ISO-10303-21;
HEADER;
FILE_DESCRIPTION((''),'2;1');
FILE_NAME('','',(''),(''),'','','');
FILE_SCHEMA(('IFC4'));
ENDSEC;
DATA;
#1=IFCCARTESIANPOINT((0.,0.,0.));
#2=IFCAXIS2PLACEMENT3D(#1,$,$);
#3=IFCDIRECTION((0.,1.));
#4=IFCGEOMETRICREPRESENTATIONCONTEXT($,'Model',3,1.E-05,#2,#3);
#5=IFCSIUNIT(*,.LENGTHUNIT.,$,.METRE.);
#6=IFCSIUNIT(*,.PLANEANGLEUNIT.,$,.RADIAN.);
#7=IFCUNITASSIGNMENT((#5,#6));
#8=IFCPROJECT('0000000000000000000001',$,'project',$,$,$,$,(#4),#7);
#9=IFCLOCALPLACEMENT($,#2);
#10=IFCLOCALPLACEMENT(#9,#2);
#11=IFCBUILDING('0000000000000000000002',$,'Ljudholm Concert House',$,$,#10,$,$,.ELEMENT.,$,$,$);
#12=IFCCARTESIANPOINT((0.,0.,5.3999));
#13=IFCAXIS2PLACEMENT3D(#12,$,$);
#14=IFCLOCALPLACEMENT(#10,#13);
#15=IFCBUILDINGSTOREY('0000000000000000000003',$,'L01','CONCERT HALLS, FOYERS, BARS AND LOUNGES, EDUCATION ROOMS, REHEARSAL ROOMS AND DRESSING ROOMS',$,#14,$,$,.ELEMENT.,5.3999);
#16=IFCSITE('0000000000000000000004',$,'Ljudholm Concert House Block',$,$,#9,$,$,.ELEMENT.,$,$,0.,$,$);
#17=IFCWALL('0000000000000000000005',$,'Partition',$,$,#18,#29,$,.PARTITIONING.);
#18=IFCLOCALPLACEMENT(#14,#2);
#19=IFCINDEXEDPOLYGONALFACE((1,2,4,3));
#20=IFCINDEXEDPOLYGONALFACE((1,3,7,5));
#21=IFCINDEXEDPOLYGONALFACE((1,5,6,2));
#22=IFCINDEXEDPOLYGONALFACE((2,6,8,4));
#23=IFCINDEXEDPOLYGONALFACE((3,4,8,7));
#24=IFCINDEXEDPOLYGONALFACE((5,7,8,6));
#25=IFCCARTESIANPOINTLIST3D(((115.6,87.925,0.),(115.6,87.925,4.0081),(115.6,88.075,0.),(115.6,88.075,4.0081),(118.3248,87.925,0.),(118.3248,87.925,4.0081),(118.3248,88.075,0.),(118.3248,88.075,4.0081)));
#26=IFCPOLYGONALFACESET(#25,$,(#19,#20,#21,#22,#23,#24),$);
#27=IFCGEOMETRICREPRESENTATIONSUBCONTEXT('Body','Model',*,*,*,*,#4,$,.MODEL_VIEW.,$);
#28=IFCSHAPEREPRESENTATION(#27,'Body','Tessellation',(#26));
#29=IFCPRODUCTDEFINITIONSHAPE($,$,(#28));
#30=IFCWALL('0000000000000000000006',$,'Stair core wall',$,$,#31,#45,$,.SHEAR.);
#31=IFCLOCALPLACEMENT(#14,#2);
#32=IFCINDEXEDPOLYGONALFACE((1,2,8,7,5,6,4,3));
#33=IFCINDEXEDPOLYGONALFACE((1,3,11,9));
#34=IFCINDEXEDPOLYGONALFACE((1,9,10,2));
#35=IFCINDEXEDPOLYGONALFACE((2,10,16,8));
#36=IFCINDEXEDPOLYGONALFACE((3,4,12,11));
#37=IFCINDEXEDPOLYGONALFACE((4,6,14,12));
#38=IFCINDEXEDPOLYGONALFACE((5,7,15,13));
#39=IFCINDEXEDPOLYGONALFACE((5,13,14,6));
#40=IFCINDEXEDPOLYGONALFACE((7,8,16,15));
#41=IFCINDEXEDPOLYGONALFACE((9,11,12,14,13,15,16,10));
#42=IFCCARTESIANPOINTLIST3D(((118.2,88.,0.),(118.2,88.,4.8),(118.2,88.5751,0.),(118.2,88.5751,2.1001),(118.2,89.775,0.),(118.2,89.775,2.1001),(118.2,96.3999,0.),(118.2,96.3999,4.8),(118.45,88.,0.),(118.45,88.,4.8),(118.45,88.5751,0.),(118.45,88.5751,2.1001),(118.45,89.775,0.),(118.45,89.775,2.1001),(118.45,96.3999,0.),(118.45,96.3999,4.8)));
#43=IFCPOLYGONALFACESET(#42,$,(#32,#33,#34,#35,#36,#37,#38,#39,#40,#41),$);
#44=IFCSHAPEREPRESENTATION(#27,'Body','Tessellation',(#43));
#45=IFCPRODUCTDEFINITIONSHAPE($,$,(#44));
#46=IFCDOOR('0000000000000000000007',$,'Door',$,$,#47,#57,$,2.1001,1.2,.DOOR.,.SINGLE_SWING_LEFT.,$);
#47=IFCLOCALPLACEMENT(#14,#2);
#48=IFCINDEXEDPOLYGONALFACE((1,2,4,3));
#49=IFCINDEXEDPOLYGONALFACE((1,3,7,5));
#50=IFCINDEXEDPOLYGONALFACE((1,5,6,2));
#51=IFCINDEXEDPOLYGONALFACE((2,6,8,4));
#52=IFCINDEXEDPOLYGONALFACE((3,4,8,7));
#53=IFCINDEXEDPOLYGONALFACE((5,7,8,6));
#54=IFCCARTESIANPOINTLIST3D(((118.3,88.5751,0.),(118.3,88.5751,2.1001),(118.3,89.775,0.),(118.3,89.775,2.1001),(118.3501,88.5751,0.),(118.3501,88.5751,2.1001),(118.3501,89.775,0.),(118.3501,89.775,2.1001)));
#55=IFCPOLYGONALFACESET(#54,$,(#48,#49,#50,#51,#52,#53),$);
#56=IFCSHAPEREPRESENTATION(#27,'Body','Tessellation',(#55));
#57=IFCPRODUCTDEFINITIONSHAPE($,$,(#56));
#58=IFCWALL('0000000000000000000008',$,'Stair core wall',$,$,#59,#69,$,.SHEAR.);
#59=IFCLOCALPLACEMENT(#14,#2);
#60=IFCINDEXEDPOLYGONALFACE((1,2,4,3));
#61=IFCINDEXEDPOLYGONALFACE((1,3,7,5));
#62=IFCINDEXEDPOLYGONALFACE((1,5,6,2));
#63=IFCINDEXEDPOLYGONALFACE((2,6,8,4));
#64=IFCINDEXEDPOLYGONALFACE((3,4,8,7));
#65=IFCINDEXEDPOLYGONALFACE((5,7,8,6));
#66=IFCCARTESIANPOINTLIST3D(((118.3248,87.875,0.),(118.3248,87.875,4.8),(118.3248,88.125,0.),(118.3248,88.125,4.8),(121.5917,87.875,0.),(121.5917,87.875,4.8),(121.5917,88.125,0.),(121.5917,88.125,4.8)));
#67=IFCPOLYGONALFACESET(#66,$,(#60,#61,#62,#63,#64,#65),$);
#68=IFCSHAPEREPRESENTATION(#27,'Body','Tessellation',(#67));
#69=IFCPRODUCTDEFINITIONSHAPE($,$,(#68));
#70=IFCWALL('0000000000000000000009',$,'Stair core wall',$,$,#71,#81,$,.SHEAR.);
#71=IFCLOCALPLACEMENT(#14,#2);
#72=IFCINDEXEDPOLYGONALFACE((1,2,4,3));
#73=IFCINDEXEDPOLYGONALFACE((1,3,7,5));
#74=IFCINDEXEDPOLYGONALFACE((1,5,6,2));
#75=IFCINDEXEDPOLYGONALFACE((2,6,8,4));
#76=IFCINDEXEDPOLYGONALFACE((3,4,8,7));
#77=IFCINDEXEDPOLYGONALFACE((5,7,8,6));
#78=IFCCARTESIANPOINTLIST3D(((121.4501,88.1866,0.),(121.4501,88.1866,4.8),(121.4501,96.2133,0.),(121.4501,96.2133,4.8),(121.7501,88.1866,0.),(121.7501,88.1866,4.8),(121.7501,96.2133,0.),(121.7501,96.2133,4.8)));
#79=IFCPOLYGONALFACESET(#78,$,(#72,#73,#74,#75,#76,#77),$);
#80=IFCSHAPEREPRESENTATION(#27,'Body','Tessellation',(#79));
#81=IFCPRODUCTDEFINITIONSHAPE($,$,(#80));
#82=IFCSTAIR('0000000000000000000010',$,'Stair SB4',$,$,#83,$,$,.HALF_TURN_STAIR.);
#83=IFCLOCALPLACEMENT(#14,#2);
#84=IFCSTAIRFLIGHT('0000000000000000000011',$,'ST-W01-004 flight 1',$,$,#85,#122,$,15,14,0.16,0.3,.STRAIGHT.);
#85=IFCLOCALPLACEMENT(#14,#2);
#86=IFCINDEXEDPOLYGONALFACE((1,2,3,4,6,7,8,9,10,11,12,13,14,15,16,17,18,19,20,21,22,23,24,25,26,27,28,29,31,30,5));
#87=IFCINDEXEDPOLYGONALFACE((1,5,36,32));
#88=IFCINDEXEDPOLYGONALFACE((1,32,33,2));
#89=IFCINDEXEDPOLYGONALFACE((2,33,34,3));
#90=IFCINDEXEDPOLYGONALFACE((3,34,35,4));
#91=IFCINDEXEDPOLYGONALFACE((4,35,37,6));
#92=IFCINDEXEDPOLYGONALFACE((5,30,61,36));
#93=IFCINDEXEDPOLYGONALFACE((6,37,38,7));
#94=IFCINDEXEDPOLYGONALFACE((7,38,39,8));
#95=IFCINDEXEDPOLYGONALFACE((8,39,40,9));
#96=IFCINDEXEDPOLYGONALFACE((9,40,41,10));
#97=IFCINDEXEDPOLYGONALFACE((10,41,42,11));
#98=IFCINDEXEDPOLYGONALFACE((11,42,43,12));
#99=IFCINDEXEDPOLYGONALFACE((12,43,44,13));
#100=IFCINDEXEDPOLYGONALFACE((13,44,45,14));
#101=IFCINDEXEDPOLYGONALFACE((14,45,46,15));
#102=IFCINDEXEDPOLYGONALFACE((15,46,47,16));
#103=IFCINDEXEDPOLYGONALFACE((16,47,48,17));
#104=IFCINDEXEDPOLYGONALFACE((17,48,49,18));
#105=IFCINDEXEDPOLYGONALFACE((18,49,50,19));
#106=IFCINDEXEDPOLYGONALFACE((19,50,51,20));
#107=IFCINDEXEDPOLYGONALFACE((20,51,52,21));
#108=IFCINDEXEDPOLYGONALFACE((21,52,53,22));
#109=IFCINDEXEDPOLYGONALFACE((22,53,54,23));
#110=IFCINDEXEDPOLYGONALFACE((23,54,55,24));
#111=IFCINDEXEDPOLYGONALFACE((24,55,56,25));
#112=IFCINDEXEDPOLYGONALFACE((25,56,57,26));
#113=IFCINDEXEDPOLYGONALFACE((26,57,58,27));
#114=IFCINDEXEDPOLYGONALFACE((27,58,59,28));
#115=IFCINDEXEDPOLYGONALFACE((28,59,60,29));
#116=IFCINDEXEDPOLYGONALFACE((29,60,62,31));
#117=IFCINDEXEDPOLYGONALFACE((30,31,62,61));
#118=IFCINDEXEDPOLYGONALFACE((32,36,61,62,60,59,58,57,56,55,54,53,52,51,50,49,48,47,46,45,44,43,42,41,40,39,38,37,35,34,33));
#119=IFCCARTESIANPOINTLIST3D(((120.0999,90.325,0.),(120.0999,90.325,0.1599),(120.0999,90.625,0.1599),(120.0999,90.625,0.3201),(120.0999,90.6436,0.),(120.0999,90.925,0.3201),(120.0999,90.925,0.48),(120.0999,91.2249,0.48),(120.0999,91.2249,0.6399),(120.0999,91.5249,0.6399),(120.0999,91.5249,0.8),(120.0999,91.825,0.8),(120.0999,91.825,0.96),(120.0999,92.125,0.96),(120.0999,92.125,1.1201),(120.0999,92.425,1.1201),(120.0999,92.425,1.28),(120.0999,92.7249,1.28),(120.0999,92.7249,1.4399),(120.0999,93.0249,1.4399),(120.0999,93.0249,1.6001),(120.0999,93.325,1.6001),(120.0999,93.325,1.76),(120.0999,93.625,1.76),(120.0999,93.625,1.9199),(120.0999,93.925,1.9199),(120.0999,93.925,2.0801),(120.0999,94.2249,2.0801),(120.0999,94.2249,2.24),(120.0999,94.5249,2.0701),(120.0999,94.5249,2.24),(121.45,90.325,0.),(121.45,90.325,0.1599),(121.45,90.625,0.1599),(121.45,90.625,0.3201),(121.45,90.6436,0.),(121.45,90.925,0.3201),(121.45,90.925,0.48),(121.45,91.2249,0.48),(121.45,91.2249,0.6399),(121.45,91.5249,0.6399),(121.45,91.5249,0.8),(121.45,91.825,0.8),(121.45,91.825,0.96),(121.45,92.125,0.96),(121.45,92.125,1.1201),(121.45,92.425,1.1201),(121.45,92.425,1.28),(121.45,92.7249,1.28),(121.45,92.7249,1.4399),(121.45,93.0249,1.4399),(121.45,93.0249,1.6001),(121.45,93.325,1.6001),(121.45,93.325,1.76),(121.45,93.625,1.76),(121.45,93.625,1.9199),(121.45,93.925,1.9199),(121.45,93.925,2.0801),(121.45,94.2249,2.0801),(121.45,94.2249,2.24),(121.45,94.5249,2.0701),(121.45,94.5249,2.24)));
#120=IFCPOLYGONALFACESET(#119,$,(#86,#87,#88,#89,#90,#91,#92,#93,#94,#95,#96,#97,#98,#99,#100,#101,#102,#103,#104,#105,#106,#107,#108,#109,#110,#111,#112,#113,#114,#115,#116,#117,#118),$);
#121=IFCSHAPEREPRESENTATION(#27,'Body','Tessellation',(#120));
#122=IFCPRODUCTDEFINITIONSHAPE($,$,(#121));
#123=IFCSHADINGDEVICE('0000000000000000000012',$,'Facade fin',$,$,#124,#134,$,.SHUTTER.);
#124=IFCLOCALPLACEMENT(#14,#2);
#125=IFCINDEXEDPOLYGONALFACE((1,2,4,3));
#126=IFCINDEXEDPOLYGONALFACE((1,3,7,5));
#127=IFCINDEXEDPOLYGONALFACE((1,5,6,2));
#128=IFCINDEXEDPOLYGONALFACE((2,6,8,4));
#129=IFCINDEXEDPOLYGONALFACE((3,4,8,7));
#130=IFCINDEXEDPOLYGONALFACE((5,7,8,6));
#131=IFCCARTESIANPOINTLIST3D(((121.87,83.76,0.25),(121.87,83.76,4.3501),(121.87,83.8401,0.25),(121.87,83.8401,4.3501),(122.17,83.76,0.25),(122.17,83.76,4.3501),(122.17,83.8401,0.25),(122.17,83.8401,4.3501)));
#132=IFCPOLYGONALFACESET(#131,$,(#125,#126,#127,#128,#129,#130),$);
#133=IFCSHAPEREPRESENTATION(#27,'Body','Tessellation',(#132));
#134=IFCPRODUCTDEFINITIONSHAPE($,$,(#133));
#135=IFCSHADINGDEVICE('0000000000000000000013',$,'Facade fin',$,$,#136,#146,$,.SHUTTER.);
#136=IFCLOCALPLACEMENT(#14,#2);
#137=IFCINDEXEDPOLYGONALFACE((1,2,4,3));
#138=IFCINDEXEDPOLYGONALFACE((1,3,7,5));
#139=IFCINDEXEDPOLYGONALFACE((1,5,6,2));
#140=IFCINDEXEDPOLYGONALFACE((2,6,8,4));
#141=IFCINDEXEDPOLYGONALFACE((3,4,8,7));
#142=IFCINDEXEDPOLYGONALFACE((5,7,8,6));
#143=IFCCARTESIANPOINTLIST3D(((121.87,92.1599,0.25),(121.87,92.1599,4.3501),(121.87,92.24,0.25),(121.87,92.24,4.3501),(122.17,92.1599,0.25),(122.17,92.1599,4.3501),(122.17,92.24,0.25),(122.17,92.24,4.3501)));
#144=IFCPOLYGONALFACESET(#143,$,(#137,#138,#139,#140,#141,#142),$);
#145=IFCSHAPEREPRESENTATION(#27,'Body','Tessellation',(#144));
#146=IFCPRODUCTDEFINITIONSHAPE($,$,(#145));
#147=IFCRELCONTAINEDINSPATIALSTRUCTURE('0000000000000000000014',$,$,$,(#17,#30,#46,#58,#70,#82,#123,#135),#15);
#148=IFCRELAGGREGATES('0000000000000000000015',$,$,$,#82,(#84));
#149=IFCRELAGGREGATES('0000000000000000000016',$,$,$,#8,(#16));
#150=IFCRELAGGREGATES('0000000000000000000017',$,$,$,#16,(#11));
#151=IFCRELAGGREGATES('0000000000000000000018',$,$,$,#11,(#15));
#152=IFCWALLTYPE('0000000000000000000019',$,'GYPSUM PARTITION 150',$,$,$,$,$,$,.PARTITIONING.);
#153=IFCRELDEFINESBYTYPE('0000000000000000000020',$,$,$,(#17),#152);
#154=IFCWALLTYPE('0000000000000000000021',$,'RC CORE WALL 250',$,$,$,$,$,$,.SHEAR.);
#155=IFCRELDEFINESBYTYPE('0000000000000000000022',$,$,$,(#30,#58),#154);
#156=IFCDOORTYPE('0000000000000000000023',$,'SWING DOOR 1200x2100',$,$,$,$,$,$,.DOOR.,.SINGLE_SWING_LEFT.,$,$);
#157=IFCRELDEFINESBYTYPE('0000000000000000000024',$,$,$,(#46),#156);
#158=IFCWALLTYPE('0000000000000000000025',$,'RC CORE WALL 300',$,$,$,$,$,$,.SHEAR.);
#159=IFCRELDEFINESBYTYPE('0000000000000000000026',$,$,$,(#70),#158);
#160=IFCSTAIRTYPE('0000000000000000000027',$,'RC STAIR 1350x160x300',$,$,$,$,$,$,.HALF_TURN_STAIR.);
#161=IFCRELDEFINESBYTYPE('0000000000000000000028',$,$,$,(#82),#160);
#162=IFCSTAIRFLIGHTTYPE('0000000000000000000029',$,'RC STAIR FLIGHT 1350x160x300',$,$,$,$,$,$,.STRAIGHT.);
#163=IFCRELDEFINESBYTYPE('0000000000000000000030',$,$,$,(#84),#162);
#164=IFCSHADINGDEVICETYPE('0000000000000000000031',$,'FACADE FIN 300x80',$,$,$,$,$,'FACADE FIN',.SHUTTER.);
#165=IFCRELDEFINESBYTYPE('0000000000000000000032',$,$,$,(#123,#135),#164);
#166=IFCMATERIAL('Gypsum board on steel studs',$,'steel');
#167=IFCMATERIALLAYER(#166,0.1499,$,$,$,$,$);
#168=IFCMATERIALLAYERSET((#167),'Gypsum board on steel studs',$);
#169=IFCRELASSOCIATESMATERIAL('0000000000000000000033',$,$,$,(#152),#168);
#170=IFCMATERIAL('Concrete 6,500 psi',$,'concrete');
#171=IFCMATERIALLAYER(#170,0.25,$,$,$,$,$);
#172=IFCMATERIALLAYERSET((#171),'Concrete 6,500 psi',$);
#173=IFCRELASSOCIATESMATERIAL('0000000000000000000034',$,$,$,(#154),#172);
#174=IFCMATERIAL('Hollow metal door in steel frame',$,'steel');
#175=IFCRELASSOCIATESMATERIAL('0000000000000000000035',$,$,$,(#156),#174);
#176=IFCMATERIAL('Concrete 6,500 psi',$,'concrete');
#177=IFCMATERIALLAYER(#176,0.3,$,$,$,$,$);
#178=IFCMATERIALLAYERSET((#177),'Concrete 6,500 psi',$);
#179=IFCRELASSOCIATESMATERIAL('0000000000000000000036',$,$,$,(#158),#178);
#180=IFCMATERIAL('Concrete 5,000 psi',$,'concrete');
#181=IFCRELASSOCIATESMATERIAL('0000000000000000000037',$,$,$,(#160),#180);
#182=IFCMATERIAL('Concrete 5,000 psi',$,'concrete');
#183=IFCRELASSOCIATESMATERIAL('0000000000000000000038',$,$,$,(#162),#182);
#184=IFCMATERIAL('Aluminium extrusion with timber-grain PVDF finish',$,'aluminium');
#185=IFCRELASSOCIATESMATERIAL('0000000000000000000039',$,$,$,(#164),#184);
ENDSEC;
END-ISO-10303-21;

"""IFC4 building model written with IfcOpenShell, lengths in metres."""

from ifc_helpers import new_model, si_unit, direction, frame, frame_2d, origin, origin_2d, place, context, subcontext, project, spatial, polyline, rectangle, outline, extrude, material, layer, layer_set, type_object, element, fill, aggregate, save


model = new_model("IFC4")

# Units and contexts
model_context = context("Model", 3, precision=1e-05, world=origin(), true_north=direction((0.0, 1.0)))
body_context = subcontext(model_context, "Body", "Model", "MODEL_VIEW")
ifc_project = project(units=[si_unit("LENGTHUNIT", "METRE"), si_unit("PLANEANGLEUNIT", "RADIAN")], contexts=[model_context])

# Site, building, storey
site_placement = place(None, origin())
site = spatial("IfcSite", under=ifc_project, at=site_placement, Name="Ljudholm Concert House Block", CompositionType="ELEMENT", RefElevation=0.0)
building_placement = place(site_placement, origin())
building = spatial("IfcBuilding", under=site, at=building_placement, Name="Ljudholm Concert House", CompositionType="ELEMENT")
storey_placement = place(building_placement, frame((0.0, 0.0, 5.3999)))
storey = spatial("IfcBuildingStorey", under=building, at=storey_placement, Name="L01", Description="CONCERT HALLS, FOYERS, BARS AND LOUNGES, EDUCATION ROOMS, REHEARSAL ROOMS AND DRESSING ROOMS", CompositionType="ELEMENT", Elevation=5.3999)

# Shared definitions
ifc_material_1 = material(Name="Gypsum board on steel studs", Category="steel")
ifc_layer_1 = layer(ifc_material_1, 0.1499)
ifc_layer_set_1 = layer_set([ifc_layer_1], Name="Gypsum board on steel studs")
wall_type_1 = type_object("IfcWallType", Name="GYPSUM PARTITION 150", PredefinedType="PARTITIONING", material=ifc_layer_set_1)

# Wall
wall_1_placement = place(storey_placement, frame((115.6001, 88.0, 0.0), z_axis=(0.0, 0.0, 1.0), x_axis=(1.0, 0.0, 0.0)))
element("IfcWall", 1, at=wall_1_placement, inside=storey, type_object=wall_type_1, Name="Partition", PredefinedType="PARTITIONING", context=body_context, shape_type="SweptSolid", body=[
    extrude(rectangle(XDim=2.7249, YDim=0.1499, at=frame_2d((1.3623, 0.0))), origin(), (0.0, 0.0, 1.0), 4.0081),
])

# Wall, opening, door
ifc_material_2 = material(Name="Concrete 6,500 psi", Category="concrete")
ifc_layer_2 = layer(ifc_material_2, 0.25)
ifc_layer_set_2 = layer_set([ifc_layer_2], Name="Concrete 6,500 psi")
wall_type_2 = type_object("IfcWallType", Name="RC CORE WALL 250", PredefinedType="SHEAR", material=ifc_layer_set_2)
wall_2_placement = place(storey_placement, frame((118.325, 88.0, 0.0), z_axis=(0.0, 0.0, 1.0), x_axis=(0.0, 1.0, 0.0)))
wall_2 = element("IfcWall", 2, at=wall_2_placement, inside=storey, type_object=wall_type_2, Name="Stair core wall", PredefinedType="SHEAR", context=body_context, shape_type="SweptSolid", body=[
    extrude(rectangle(XDim=8.3999, YDim=0.25, at=frame_2d((4.2, 0.0))), origin(), (0.0, 0.0, 1.0), 4.8),
])
opening_1_placement = place(wall_2_placement, frame((0.575, 0.0, 0.0)))
opening_1 = element("IfcOpeningElement", 3, at=opening_1_placement, cuts=wall_2, PredefinedType="OPENING", context=body_context, shape_type="SweptSolid", body=[
    extrude(rectangle(XDim=1.2, YDim=2.1001, at=frame_2d((0.6001, 1.05))), frame((0.0, 0.135, 0.0), z_axis=(0.0, -1.0, 0.0), x_axis=(1.0, 0.0, 0.0)), (0.0, 0.0, 1.0), 0.27),
])
ifc_material_3 = material(Name="Hollow metal door in steel frame", Category="steel")
door_type_1 = type_object("IfcDoorType", Name="SWING DOOR 1200x2100", OperationType="SINGLE_SWING_LEFT", PredefinedType="DOOR", material=ifc_material_3)
door_1_placement = place(opening_1_placement, origin())
door_1 = element("IfcDoor", 4, at=door_1_placement, inside=storey, type_object=door_type_1, Name="Door", OperationType="SINGLE_SWING_LEFT", OverallHeight=2.1001, OverallWidth=1.2, PredefinedType="DOOR", context=body_context, shape_type="SweptSolid", body=[
    extrude(rectangle(XDim=1.2, YDim=2.1001, at=frame_2d((0.6001, 1.05))), frame((0.0, 0.0249, 0.0), z_axis=(0.0, -1.0, 0.0), x_axis=(1.0, 0.0, 0.0)), (0.0, 0.0, 1.0), 0.05),
])
fill(opening_1, door_1)

# Walls
wall_3_placement = place(storey_placement, frame((118.325, 88.0, 0.0), z_axis=(0.0, 0.0, 1.0), x_axis=(1.0, 0.0, 0.0)))
element("IfcWall", 5, at=wall_3_placement, inside=storey, type_object=wall_type_2, Name="Stair core wall", PredefinedType="SHEAR", context=body_context, shape_type="SweptSolid", body=[
    extrude(rectangle(XDim=3.2668, YDim=0.25, at=frame_2d((1.6333, 0.0))), origin(), (0.0, 0.0, 1.0), 4.8),
])
ifc_material_4 = material(Name="Concrete 6,500 psi", Category="concrete")
ifc_layer_3 = layer(ifc_material_4, 0.3)
ifc_layer_set_3 = layer_set([ifc_layer_3], Name="Concrete 6,500 psi")
wall_type_3 = type_object("IfcWallType", Name="RC CORE WALL 300", PredefinedType="SHEAR", material=ifc_layer_set_3)
wall_4_placement = place(storey_placement, frame((121.6001, 88.1868, 0.0), z_axis=(0.0, 0.0, 1.0), x_axis=(0.0, 1.0, 0.0)))
element("IfcWall", 6, at=wall_4_placement, inside=storey, type_object=wall_type_3, Name="Stair core wall", PredefinedType="SHEAR", context=body_context, shape_type="SweptSolid", body=[
    extrude(rectangle(XDim=8.0266, YDim=0.3, at=frame_2d((4.0132, 0.0))), origin(), (0.0, 0.0, 1.0), 4.8),
])

# Stair, stair flight
ifc_material_5 = material(Name="Concrete 5,000 psi", Category="concrete")
stair_type = type_object("IfcStairType", Name="RC STAIR 1350x160x300", PredefinedType="HALF_TURN_STAIR", material=ifc_material_5)
stair_placement = place(storey_placement, origin())
stair = element("IfcStair", 7, at=stair_placement, inside=storey, type_object=stair_type, Name="Stair SB4", PredefinedType="HALF_TURN_STAIR")
ifc_material_6 = material(Name="Concrete 5,000 psi", Category="concrete")
stair_flight_type = type_object("IfcStairFlightType", Name="RC STAIR FLIGHT 1350x160x300", PredefinedType="STRAIGHT", material=ifc_material_6)
stair_flight_placement = place(storey_placement, frame((120.7749, 90.325, 0.0), z_axis=(0.0, 0.0, 1.0), x_axis=(0.0, 1.0, 0.0)))
stair_flight = element("IfcStairFlight", 8, at=stair_flight_placement, type_object=stair_flight_type, Name="ST-W01-004 flight 1", NumberOfRisers=15, NumberOfTreads=14, PredefinedType="STRAIGHT", RiserHeight=0.16, TreadLength=0.3, context=body_context, shape_type="SweptSolid", body=[
    extrude(outline(polyline([(0.0, 0.0), (0.0, 0.1599), (0.3, 0.1599), (0.3, 0.3201), (0.6001, 0.3201), (0.6001, 0.48), (0.8999, 0.48), (0.8999, 0.6399), (1.2, 0.6399), (1.2, 0.8), (1.5, 0.8), (1.5, 0.96), (1.8, 0.96), (1.8, 1.1201), (2.1001, 1.1201), (2.1001, 1.28), (2.3999, 1.28), (2.3999, 1.4399), (2.7, 1.4399), (2.7, 1.6001), (3.0, 1.6001), (3.0, 1.76), (3.3, 1.76), (3.3, 1.9199), (3.6001, 1.9199), (3.6001, 2.0801), (3.8999, 2.0801), (3.8999, 2.24), (4.2, 2.24), (4.2, 2.3999), (4.2, 2.0701), (0.3186, 0.0), (0.0, 0.0)])), frame((0.0, 0.675, 0.0), z_axis=(0.0, -1.0, 0.0), x_axis=(1.0, 0.0, 0.0)), (0.0, 0.0, 1.0), 1.3501),
])
aggregate(stair, [stair_flight])

# Shading devices
ifc_material_7 = material(Name="Aluminium extrusion with timber-grain PVDF finish", Category="aluminium")
shading_device_type = type_object("IfcShadingDeviceType", Name="FACADE FIN 300x80", ElementType="FACADE FIN", PredefinedType="SHUTTER", material=ifc_material_7)
for number, where, z_axis, x_axis, name in (
    (9, (122.02, 83.8, 0.25), (0.0, 0.0, 1.0), (1.0, 0.0, 0.0), "Facade fin"),
    (10, (122.02, 92.2, 0.25), (0.0, 0.0, 1.0), (1.0, 0.0, 0.0), "Facade fin"),
):
    element("IfcShadingDevice", number, at=place(storey_placement, frame(where, z_axis=z_axis, x_axis=x_axis)), inside=storey, type_object=shading_device_type, Name=name, PredefinedType="SHUTTER", context=body_context, shape_type="SweptSolid", body=[
        extrude(rectangle(XDim=0.3, YDim=0.0801, at=origin_2d()), origin(), (0.0, 0.0, 1.0), 4.1001),
    ])

save(model, "model.ifc")
